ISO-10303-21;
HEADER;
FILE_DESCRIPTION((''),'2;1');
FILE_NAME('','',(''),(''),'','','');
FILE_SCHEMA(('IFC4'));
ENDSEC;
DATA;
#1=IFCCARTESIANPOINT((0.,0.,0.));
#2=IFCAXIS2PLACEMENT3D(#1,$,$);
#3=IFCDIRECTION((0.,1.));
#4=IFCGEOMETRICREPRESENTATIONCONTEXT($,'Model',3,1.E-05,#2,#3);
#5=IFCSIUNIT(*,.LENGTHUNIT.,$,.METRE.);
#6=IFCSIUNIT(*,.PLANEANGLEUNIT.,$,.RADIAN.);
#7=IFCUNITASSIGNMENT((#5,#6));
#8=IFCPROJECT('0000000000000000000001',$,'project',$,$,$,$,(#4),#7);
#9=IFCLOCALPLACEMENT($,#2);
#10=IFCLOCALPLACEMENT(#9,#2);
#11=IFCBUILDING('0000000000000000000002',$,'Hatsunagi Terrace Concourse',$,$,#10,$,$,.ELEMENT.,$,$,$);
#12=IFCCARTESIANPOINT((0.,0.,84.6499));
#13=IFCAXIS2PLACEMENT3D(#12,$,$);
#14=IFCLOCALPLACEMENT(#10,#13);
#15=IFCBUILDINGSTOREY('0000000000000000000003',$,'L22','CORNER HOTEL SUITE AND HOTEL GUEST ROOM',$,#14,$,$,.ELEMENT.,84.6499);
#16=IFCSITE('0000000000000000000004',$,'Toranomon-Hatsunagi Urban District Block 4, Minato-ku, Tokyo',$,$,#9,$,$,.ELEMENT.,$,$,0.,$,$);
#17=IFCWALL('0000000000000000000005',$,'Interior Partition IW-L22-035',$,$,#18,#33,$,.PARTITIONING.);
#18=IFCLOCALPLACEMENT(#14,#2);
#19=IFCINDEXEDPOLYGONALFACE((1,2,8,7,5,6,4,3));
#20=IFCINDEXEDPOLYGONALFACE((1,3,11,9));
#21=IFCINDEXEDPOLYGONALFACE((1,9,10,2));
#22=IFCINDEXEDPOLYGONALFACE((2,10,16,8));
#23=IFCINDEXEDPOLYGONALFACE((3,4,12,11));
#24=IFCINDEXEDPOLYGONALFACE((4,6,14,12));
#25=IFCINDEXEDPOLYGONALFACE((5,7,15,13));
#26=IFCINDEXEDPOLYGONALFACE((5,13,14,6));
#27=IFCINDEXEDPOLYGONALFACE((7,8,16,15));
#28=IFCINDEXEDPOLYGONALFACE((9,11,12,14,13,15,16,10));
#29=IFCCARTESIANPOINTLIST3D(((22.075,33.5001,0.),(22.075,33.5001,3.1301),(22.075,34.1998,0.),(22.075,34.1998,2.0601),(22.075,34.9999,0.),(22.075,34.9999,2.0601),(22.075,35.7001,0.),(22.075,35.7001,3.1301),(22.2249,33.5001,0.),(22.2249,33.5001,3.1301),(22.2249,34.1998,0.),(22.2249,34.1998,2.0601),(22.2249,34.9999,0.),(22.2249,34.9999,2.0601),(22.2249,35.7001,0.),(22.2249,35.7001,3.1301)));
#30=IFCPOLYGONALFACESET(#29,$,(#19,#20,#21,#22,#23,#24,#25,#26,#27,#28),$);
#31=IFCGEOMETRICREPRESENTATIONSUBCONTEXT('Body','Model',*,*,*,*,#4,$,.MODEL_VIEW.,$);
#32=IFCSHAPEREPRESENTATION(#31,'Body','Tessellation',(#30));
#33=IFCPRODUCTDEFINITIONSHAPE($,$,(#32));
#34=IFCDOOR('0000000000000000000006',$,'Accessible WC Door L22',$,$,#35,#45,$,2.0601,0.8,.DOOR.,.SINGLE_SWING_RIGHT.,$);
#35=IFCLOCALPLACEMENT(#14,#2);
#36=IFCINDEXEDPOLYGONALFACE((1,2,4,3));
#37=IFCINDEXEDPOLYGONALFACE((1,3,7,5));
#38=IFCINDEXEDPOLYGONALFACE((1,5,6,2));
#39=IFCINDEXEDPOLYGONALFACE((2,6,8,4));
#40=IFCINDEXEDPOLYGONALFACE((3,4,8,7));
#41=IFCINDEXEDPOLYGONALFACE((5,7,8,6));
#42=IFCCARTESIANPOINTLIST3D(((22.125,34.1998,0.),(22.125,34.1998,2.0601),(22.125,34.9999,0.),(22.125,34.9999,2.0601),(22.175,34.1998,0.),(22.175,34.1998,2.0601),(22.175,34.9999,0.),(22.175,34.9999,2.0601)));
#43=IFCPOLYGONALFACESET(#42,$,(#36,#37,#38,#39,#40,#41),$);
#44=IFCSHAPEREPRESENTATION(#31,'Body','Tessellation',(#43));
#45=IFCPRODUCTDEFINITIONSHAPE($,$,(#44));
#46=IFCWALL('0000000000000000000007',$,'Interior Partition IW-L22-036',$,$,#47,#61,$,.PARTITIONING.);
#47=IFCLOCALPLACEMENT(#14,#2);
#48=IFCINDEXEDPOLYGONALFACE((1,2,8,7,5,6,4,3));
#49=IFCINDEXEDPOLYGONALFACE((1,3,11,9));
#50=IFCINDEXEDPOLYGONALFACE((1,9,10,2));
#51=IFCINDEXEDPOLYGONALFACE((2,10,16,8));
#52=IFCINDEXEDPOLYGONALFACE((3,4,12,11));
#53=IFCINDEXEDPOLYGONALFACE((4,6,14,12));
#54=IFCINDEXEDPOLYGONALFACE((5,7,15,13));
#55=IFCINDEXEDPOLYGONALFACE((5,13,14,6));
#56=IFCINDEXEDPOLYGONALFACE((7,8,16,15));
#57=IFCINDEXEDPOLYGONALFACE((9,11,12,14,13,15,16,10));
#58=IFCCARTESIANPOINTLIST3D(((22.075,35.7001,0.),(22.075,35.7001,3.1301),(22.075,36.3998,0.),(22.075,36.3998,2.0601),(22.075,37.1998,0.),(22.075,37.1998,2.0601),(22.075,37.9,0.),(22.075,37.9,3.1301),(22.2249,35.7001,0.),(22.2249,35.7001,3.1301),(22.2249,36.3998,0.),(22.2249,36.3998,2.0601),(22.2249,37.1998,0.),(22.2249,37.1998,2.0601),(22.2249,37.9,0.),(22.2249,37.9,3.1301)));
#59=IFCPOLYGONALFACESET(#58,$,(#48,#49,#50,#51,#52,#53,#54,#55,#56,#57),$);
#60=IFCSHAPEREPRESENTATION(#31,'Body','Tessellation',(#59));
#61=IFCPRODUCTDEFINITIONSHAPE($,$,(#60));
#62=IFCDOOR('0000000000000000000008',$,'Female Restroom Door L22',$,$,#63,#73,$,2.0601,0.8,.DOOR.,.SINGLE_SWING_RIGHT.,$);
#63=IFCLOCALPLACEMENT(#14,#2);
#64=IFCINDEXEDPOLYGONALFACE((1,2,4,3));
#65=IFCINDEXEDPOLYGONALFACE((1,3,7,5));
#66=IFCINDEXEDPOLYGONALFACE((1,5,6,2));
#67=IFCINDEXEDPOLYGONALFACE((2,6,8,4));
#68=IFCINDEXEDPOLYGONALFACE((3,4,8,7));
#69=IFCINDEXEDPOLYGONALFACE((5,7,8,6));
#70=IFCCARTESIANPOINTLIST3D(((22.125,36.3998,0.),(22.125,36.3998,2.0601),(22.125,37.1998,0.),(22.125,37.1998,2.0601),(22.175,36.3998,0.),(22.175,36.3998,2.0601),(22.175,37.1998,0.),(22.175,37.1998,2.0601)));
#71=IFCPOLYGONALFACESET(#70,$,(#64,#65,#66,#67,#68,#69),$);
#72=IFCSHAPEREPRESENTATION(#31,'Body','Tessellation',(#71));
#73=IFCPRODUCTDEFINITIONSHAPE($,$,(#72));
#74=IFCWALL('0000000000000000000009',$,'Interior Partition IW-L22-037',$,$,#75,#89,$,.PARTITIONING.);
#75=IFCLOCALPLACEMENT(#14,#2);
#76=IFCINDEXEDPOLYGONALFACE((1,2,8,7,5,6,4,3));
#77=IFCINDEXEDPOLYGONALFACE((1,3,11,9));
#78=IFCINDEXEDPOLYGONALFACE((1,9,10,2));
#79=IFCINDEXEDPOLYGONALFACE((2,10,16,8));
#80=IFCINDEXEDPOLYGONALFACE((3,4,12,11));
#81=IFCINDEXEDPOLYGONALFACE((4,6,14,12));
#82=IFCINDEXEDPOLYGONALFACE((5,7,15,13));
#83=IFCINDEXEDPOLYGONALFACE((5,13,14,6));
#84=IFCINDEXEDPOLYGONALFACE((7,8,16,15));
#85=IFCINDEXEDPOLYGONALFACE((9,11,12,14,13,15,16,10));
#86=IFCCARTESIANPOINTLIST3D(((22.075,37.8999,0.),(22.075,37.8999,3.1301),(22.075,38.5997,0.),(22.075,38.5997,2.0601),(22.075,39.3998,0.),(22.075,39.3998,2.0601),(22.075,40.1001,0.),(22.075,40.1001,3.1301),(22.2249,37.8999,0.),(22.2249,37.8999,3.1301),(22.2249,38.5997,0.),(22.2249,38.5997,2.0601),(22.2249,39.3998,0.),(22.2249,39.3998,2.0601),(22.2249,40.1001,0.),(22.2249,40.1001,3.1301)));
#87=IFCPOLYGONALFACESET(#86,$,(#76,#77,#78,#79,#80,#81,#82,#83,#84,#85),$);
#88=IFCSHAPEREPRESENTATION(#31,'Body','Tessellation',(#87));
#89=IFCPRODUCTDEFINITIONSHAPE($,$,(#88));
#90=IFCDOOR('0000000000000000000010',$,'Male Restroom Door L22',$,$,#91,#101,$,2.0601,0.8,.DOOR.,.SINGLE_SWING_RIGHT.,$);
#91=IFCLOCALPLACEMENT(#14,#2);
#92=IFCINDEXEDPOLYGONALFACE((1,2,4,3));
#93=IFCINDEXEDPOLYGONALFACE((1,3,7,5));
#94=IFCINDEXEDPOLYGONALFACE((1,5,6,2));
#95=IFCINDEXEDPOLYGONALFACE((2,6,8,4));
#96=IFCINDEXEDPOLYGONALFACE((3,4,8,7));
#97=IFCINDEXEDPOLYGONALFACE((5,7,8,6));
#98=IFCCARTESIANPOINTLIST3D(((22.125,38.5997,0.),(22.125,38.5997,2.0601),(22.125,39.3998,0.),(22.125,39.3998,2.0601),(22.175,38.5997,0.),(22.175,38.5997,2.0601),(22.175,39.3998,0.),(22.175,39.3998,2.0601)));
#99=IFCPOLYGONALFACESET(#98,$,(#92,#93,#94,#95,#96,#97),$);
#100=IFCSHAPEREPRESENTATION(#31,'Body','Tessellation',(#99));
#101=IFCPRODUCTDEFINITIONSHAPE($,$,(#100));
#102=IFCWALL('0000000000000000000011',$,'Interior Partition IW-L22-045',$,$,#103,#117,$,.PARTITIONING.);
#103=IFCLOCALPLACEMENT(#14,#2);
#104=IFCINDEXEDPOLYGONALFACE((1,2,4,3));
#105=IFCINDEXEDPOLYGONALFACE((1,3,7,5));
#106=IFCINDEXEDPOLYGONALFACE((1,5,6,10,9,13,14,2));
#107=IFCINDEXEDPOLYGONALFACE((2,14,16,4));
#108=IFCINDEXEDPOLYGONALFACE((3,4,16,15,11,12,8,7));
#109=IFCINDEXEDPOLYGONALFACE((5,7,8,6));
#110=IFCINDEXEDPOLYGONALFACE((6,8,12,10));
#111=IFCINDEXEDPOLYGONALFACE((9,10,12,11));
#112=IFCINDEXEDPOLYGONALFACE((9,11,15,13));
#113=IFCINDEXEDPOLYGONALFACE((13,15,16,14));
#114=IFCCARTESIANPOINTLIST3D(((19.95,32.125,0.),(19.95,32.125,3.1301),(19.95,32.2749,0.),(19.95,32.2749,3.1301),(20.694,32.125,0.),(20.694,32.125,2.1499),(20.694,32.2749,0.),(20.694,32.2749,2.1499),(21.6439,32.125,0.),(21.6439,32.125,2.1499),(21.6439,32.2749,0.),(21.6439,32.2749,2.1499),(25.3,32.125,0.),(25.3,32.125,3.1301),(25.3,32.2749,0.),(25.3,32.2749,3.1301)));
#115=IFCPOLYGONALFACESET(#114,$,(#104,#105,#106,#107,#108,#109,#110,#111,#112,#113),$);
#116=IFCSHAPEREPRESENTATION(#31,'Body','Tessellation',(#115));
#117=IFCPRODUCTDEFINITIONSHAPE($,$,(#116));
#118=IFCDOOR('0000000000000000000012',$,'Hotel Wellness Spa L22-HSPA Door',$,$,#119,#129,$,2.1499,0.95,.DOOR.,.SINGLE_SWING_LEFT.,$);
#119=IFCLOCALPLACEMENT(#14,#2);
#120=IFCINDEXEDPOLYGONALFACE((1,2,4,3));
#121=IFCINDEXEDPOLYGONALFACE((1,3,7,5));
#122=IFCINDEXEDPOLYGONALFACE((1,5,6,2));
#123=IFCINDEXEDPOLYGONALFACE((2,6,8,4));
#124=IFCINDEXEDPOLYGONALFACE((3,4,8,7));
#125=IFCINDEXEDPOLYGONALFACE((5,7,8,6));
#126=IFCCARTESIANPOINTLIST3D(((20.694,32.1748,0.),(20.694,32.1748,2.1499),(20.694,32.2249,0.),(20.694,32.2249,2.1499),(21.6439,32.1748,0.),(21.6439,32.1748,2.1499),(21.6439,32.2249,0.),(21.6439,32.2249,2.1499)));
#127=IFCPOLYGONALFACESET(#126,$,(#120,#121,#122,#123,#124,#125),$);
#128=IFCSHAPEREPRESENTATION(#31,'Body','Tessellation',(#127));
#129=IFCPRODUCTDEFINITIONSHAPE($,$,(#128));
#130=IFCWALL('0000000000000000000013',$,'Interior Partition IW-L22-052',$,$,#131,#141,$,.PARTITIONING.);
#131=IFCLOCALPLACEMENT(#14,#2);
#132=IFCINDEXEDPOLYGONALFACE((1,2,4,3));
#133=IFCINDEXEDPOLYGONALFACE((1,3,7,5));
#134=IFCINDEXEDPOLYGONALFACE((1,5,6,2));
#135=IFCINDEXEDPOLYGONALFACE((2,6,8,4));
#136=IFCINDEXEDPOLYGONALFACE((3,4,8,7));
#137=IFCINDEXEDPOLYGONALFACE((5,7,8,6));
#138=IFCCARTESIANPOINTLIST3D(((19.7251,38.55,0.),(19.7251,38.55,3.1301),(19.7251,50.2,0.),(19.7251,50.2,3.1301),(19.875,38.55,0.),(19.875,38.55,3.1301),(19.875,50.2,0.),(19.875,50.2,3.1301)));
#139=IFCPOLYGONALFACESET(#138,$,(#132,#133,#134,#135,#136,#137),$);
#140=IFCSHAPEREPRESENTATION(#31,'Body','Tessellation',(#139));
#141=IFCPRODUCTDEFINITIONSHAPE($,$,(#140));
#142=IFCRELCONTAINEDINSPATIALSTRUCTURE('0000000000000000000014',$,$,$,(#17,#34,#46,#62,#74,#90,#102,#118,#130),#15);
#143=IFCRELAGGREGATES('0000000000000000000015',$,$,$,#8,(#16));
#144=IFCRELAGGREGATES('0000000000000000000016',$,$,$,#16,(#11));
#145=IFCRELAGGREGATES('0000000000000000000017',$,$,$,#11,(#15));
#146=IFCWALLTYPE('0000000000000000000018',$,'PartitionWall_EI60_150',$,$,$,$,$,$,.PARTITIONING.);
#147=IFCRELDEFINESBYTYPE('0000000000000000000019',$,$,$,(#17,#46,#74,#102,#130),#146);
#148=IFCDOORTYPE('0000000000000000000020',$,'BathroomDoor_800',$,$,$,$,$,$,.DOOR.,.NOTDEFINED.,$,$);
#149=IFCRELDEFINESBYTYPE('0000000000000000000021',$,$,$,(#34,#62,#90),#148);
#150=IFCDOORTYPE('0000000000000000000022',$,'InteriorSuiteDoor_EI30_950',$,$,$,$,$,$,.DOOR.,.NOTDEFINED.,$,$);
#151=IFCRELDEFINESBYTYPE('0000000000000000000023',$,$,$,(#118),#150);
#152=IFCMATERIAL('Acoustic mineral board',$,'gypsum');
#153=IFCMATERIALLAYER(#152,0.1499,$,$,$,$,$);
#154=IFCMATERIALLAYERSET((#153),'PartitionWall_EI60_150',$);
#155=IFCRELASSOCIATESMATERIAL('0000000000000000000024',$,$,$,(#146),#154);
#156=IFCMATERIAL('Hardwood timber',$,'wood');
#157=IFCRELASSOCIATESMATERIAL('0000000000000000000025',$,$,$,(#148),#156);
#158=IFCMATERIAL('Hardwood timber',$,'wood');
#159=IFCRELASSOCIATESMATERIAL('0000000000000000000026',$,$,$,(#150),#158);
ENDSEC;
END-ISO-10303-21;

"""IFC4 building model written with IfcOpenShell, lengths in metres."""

from ifc_helpers import new_model, si_unit, direction, frame, frame_2d, origin, place, context, subcontext, project, spatial, rectangle, extrude, material, layer, layer_set, type_object, element, fill, save


model = new_model("IFC4")

# Units and contexts
model_context = context("Model", 3, precision=1e-05, world=origin(), true_north=direction((0.0, 1.0)))
body_context = subcontext(model_context, "Body", "Model", "MODEL_VIEW")
ifc_project = project(units=[si_unit("LENGTHUNIT", "METRE"), si_unit("PLANEANGLEUNIT", "RADIAN")], contexts=[model_context])

# Site, building, storey
site_placement = place(None, origin())
site = spatial("IfcSite", under=ifc_project, at=site_placement, Name="Toranomon-Hatsunagi Urban District Block 4, Minato-ku, Tokyo", CompositionType="ELEMENT", RefElevation=0.0)
building_placement = place(site_placement, origin())
building = spatial("IfcBuilding", under=site, at=building_placement, Name="Hatsunagi Terrace Concourse", CompositionType="ELEMENT")
storey_placement = place(building_placement, frame((0.0, 0.0, 84.6499)))
storey = spatial("IfcBuildingStorey", under=building, at=storey_placement, Name="L22", Description="CORNER HOTEL SUITE AND HOTEL GUEST ROOM", CompositionType="ELEMENT", Elevation=84.6499)

# Shared definitions
ifc_material_1 = material(Name="Acoustic mineral board", Category="gypsum")
ifc_layer = layer(ifc_material_1, 0.1499)
ifc_layer_set = layer_set([ifc_layer], Name="PartitionWall_EI60_150")
wall_type = type_object("IfcWallType", Name="PartitionWall_EI60_150", PredefinedType="PARTITIONING", material=ifc_layer_set)

# Walls, openings, doors
wall_1_placement = place(storey_placement, frame((22.1499, 33.5, 0.0), z_axis=(0.0, 0.0, 1.0), x_axis=(0.0, 1.0, 0.0)))
wall_1 = element("IfcWall", 1, at=wall_1_placement, inside=storey, type_object=wall_type, Name="Interior Partition IW-L22-035", PredefinedType="PARTITIONING", context=body_context, shape_type="SweptSolid", body=[
    extrude(rectangle(XDim=2.2, YDim=0.1499, at=frame_2d((1.1001, 0.0))), origin(), (0.0, 0.0, 1.0), 3.1301),
])
opening_1_placement = place(wall_1_placement, frame((0.7, 0.0, 0.0)))
opening_1 = element("IfcOpeningElement", 2, at=opening_1_placement, cuts=wall_1, PredefinedType="OPENING", context=body_context, shape_type="SweptSolid", body=[
    extrude(rectangle(XDim=0.8, YDim=2.0601, at=frame_2d((0.3999, 1.03))), frame((0.0, 0.085, 0.0), z_axis=(0.0, -1.0, 0.0), x_axis=(1.0, 0.0, 0.0)), (0.0, 0.0, 1.0), 0.1699),
])
ifc_material_2 = material(Name="Hardwood timber", Category="wood")
door_type_1 = type_object("IfcDoorType", Name="BathroomDoor_800", OperationType="NOTDEFINED", PredefinedType="DOOR", material=ifc_material_2)
door_1_placement = place(opening_1_placement, origin())
door_1 = element("IfcDoor", 3, at=door_1_placement, inside=storey, type_object=door_type_1, Name="Accessible WC Door L22", OperationType="SINGLE_SWING_RIGHT", OverallHeight=2.0601, OverallWidth=0.8, PredefinedType="DOOR", context=body_context, shape_type="SweptSolid", body=[
    extrude(rectangle(XDim=0.8, YDim=2.0601, at=frame_2d((0.3999, 1.03))), frame((0.0, 0.0249, 0.0), z_axis=(0.0, -1.0, 0.0), x_axis=(1.0, 0.0, 0.0)), (0.0, 0.0, 1.0), 0.05),
])
fill(opening_1, door_1)
wall_2_placement = place(storey_placement, frame((22.1499, 35.7, 0.0), z_axis=(0.0, 0.0, 1.0), x_axis=(0.0, 1.0, 0.0)))
wall_2 = element("IfcWall", 4, at=wall_2_placement, inside=storey, type_object=wall_type, Name="Interior Partition IW-L22-036", PredefinedType="PARTITIONING", context=body_context, shape_type="SweptSolid", body=[
    extrude(rectangle(XDim=2.2, YDim=0.1499, at=frame_2d((1.1001, 0.0))), origin(), (0.0, 0.0, 1.0), 3.1301),
])
opening_2_placement = place(wall_2_placement, frame((0.7, 0.0, 0.0)))
opening_2 = element("IfcOpeningElement", 5, at=opening_2_placement, cuts=wall_2, PredefinedType="OPENING", context=body_context, shape_type="SweptSolid", body=[
    extrude(rectangle(XDim=0.8, YDim=2.0601, at=frame_2d((0.3999, 1.03))), frame((0.0, 0.085, 0.0), z_axis=(0.0, -1.0, 0.0), x_axis=(1.0, 0.0, 0.0)), (0.0, 0.0, 1.0), 0.1699),
])
door_2_placement = place(opening_2_placement, origin())
door_2 = element("IfcDoor", 6, at=door_2_placement, inside=storey, type_object=door_type_1, Name="Female Restroom Door L22", OperationType="SINGLE_SWING_RIGHT", OverallHeight=2.0601, OverallWidth=0.8, PredefinedType="DOOR", context=body_context, shape_type="SweptSolid", body=[
    extrude(rectangle(XDim=0.8, YDim=2.0601, at=frame_2d((0.3999, 1.03))), frame((0.0, 0.0249, 0.0), z_axis=(0.0, -1.0, 0.0), x_axis=(1.0, 0.0, 0.0)), (0.0, 0.0, 1.0), 0.05),
])
fill(opening_2, door_2)
wall_3_placement = place(storey_placement, frame((22.1499, 37.8999, 0.0), z_axis=(0.0, 0.0, 1.0), x_axis=(0.0, 1.0, 0.0)))
wall_3 = element("IfcWall", 7, at=wall_3_placement, inside=storey, type_object=wall_type, Name="Interior Partition IW-L22-037", PredefinedType="PARTITIONING", context=body_context, shape_type="SweptSolid", body=[
    extrude(rectangle(XDim=2.2002, YDim=0.1499, at=frame_2d((1.1001, 0.0))), origin(), (0.0, 0.0, 1.0), 3.1301),
])
opening_3_placement = place(wall_3_placement, frame((0.7, 0.0, 0.0)))
opening_3 = element("IfcOpeningElement", 8, at=opening_3_placement, cuts=wall_3, PredefinedType="OPENING", context=body_context, shape_type="SweptSolid", body=[
    extrude(rectangle(XDim=0.8, YDim=2.0601, at=frame_2d((0.3999, 1.03))), frame((0.0, 0.085, 0.0), z_axis=(0.0, -1.0, 0.0), x_axis=(1.0, 0.0, 0.0)), (0.0, 0.0, 1.0), 0.1699),
])
door_3_placement = place(opening_3_placement, origin())
door_3 = element("IfcDoor", 9, at=door_3_placement, inside=storey, type_object=door_type_1, Name="Male Restroom Door L22", OperationType="SINGLE_SWING_RIGHT", OverallHeight=2.0601, OverallWidth=0.8, PredefinedType="DOOR", context=body_context, shape_type="SweptSolid", body=[
    extrude(rectangle(XDim=0.8, YDim=2.0601, at=frame_2d((0.3999, 1.03))), frame((0.0, 0.0249, 0.0), z_axis=(0.0, -1.0, 0.0), x_axis=(1.0, 0.0, 0.0)), (0.0, 0.0, 1.0), 0.05),
])
fill(opening_3, door_3)
wall_4_placement = place(storey_placement, frame((19.95, 32.2, 0.0), z_axis=(0.0, 0.0, 1.0), x_axis=(1.0, 0.0, 0.0)))
wall_4 = element("IfcWall", 10, at=wall_4_placement, inside=storey, type_object=wall_type, Name="Interior Partition IW-L22-045", PredefinedType="PARTITIONING", context=body_context, shape_type="SweptSolid", body=[
    extrude(rectangle(XDim=5.3501, YDim=0.1499, at=frame_2d((2.675, 0.0))), origin(), (0.0, 0.0, 1.0), 3.1301),
])
opening_4_placement = place(wall_4_placement, frame((0.7439, 0.0, 0.0)))
opening_4 = element("IfcOpeningElement", 11, at=opening_4_placement, cuts=wall_4, PredefinedType="OPENING", context=body_context, shape_type="SweptSolid", body=[
    extrude(rectangle(XDim=0.95, YDim=2.1499, at=frame_2d((0.4751, 1.075))), frame((0.0, 0.085, 0.0), z_axis=(0.0, -1.0, 0.0), x_axis=(1.0, 0.0, 0.0)), (0.0, 0.0, 1.0), 0.1699),
])
ifc_material_3 = material(Name="Hardwood timber", Category="wood")
door_type_2 = type_object("IfcDoorType", Name="InteriorSuiteDoor_EI30_950", OperationType="NOTDEFINED", PredefinedType="DOOR", material=ifc_material_3)
door_4_placement = place(opening_4_placement, origin())
door_4 = element("IfcDoor", 12, at=door_4_placement, inside=storey, type_object=door_type_2, Name="Hotel Wellness Spa L22-HSPA Door", OperationType="SINGLE_SWING_LEFT", OverallHeight=2.1499, OverallWidth=0.95, PredefinedType="DOOR", context=body_context, shape_type="SweptSolid", body=[
    extrude(rectangle(XDim=0.95, YDim=2.1499, at=frame_2d((0.4751, 1.075))), frame((0.0, 0.0249, 0.0), z_axis=(0.0, -1.0, 0.0), x_axis=(1.0, 0.0, 0.0)), (0.0, 0.0, 1.0), 0.05),
])
fill(opening_4, door_4)

# Wall
wall_5_placement = place(storey_placement, frame((19.8, 38.55, 0.0), z_axis=(0.0, 0.0, 1.0), x_axis=(0.0, 1.0, 0.0)))
element("IfcWall", 13, at=wall_5_placement, inside=storey, type_object=wall_type, Name="Interior Partition IW-L22-052", PredefinedType="PARTITIONING", context=body_context, shape_type="SweptSolid", body=[
    extrude(rectangle(XDim=11.6499, YDim=0.1499, at=frame_2d((5.825, 0.0))), origin(), (0.0, 0.0, 1.0), 3.1301),
])

save(model, "model.ifc")
